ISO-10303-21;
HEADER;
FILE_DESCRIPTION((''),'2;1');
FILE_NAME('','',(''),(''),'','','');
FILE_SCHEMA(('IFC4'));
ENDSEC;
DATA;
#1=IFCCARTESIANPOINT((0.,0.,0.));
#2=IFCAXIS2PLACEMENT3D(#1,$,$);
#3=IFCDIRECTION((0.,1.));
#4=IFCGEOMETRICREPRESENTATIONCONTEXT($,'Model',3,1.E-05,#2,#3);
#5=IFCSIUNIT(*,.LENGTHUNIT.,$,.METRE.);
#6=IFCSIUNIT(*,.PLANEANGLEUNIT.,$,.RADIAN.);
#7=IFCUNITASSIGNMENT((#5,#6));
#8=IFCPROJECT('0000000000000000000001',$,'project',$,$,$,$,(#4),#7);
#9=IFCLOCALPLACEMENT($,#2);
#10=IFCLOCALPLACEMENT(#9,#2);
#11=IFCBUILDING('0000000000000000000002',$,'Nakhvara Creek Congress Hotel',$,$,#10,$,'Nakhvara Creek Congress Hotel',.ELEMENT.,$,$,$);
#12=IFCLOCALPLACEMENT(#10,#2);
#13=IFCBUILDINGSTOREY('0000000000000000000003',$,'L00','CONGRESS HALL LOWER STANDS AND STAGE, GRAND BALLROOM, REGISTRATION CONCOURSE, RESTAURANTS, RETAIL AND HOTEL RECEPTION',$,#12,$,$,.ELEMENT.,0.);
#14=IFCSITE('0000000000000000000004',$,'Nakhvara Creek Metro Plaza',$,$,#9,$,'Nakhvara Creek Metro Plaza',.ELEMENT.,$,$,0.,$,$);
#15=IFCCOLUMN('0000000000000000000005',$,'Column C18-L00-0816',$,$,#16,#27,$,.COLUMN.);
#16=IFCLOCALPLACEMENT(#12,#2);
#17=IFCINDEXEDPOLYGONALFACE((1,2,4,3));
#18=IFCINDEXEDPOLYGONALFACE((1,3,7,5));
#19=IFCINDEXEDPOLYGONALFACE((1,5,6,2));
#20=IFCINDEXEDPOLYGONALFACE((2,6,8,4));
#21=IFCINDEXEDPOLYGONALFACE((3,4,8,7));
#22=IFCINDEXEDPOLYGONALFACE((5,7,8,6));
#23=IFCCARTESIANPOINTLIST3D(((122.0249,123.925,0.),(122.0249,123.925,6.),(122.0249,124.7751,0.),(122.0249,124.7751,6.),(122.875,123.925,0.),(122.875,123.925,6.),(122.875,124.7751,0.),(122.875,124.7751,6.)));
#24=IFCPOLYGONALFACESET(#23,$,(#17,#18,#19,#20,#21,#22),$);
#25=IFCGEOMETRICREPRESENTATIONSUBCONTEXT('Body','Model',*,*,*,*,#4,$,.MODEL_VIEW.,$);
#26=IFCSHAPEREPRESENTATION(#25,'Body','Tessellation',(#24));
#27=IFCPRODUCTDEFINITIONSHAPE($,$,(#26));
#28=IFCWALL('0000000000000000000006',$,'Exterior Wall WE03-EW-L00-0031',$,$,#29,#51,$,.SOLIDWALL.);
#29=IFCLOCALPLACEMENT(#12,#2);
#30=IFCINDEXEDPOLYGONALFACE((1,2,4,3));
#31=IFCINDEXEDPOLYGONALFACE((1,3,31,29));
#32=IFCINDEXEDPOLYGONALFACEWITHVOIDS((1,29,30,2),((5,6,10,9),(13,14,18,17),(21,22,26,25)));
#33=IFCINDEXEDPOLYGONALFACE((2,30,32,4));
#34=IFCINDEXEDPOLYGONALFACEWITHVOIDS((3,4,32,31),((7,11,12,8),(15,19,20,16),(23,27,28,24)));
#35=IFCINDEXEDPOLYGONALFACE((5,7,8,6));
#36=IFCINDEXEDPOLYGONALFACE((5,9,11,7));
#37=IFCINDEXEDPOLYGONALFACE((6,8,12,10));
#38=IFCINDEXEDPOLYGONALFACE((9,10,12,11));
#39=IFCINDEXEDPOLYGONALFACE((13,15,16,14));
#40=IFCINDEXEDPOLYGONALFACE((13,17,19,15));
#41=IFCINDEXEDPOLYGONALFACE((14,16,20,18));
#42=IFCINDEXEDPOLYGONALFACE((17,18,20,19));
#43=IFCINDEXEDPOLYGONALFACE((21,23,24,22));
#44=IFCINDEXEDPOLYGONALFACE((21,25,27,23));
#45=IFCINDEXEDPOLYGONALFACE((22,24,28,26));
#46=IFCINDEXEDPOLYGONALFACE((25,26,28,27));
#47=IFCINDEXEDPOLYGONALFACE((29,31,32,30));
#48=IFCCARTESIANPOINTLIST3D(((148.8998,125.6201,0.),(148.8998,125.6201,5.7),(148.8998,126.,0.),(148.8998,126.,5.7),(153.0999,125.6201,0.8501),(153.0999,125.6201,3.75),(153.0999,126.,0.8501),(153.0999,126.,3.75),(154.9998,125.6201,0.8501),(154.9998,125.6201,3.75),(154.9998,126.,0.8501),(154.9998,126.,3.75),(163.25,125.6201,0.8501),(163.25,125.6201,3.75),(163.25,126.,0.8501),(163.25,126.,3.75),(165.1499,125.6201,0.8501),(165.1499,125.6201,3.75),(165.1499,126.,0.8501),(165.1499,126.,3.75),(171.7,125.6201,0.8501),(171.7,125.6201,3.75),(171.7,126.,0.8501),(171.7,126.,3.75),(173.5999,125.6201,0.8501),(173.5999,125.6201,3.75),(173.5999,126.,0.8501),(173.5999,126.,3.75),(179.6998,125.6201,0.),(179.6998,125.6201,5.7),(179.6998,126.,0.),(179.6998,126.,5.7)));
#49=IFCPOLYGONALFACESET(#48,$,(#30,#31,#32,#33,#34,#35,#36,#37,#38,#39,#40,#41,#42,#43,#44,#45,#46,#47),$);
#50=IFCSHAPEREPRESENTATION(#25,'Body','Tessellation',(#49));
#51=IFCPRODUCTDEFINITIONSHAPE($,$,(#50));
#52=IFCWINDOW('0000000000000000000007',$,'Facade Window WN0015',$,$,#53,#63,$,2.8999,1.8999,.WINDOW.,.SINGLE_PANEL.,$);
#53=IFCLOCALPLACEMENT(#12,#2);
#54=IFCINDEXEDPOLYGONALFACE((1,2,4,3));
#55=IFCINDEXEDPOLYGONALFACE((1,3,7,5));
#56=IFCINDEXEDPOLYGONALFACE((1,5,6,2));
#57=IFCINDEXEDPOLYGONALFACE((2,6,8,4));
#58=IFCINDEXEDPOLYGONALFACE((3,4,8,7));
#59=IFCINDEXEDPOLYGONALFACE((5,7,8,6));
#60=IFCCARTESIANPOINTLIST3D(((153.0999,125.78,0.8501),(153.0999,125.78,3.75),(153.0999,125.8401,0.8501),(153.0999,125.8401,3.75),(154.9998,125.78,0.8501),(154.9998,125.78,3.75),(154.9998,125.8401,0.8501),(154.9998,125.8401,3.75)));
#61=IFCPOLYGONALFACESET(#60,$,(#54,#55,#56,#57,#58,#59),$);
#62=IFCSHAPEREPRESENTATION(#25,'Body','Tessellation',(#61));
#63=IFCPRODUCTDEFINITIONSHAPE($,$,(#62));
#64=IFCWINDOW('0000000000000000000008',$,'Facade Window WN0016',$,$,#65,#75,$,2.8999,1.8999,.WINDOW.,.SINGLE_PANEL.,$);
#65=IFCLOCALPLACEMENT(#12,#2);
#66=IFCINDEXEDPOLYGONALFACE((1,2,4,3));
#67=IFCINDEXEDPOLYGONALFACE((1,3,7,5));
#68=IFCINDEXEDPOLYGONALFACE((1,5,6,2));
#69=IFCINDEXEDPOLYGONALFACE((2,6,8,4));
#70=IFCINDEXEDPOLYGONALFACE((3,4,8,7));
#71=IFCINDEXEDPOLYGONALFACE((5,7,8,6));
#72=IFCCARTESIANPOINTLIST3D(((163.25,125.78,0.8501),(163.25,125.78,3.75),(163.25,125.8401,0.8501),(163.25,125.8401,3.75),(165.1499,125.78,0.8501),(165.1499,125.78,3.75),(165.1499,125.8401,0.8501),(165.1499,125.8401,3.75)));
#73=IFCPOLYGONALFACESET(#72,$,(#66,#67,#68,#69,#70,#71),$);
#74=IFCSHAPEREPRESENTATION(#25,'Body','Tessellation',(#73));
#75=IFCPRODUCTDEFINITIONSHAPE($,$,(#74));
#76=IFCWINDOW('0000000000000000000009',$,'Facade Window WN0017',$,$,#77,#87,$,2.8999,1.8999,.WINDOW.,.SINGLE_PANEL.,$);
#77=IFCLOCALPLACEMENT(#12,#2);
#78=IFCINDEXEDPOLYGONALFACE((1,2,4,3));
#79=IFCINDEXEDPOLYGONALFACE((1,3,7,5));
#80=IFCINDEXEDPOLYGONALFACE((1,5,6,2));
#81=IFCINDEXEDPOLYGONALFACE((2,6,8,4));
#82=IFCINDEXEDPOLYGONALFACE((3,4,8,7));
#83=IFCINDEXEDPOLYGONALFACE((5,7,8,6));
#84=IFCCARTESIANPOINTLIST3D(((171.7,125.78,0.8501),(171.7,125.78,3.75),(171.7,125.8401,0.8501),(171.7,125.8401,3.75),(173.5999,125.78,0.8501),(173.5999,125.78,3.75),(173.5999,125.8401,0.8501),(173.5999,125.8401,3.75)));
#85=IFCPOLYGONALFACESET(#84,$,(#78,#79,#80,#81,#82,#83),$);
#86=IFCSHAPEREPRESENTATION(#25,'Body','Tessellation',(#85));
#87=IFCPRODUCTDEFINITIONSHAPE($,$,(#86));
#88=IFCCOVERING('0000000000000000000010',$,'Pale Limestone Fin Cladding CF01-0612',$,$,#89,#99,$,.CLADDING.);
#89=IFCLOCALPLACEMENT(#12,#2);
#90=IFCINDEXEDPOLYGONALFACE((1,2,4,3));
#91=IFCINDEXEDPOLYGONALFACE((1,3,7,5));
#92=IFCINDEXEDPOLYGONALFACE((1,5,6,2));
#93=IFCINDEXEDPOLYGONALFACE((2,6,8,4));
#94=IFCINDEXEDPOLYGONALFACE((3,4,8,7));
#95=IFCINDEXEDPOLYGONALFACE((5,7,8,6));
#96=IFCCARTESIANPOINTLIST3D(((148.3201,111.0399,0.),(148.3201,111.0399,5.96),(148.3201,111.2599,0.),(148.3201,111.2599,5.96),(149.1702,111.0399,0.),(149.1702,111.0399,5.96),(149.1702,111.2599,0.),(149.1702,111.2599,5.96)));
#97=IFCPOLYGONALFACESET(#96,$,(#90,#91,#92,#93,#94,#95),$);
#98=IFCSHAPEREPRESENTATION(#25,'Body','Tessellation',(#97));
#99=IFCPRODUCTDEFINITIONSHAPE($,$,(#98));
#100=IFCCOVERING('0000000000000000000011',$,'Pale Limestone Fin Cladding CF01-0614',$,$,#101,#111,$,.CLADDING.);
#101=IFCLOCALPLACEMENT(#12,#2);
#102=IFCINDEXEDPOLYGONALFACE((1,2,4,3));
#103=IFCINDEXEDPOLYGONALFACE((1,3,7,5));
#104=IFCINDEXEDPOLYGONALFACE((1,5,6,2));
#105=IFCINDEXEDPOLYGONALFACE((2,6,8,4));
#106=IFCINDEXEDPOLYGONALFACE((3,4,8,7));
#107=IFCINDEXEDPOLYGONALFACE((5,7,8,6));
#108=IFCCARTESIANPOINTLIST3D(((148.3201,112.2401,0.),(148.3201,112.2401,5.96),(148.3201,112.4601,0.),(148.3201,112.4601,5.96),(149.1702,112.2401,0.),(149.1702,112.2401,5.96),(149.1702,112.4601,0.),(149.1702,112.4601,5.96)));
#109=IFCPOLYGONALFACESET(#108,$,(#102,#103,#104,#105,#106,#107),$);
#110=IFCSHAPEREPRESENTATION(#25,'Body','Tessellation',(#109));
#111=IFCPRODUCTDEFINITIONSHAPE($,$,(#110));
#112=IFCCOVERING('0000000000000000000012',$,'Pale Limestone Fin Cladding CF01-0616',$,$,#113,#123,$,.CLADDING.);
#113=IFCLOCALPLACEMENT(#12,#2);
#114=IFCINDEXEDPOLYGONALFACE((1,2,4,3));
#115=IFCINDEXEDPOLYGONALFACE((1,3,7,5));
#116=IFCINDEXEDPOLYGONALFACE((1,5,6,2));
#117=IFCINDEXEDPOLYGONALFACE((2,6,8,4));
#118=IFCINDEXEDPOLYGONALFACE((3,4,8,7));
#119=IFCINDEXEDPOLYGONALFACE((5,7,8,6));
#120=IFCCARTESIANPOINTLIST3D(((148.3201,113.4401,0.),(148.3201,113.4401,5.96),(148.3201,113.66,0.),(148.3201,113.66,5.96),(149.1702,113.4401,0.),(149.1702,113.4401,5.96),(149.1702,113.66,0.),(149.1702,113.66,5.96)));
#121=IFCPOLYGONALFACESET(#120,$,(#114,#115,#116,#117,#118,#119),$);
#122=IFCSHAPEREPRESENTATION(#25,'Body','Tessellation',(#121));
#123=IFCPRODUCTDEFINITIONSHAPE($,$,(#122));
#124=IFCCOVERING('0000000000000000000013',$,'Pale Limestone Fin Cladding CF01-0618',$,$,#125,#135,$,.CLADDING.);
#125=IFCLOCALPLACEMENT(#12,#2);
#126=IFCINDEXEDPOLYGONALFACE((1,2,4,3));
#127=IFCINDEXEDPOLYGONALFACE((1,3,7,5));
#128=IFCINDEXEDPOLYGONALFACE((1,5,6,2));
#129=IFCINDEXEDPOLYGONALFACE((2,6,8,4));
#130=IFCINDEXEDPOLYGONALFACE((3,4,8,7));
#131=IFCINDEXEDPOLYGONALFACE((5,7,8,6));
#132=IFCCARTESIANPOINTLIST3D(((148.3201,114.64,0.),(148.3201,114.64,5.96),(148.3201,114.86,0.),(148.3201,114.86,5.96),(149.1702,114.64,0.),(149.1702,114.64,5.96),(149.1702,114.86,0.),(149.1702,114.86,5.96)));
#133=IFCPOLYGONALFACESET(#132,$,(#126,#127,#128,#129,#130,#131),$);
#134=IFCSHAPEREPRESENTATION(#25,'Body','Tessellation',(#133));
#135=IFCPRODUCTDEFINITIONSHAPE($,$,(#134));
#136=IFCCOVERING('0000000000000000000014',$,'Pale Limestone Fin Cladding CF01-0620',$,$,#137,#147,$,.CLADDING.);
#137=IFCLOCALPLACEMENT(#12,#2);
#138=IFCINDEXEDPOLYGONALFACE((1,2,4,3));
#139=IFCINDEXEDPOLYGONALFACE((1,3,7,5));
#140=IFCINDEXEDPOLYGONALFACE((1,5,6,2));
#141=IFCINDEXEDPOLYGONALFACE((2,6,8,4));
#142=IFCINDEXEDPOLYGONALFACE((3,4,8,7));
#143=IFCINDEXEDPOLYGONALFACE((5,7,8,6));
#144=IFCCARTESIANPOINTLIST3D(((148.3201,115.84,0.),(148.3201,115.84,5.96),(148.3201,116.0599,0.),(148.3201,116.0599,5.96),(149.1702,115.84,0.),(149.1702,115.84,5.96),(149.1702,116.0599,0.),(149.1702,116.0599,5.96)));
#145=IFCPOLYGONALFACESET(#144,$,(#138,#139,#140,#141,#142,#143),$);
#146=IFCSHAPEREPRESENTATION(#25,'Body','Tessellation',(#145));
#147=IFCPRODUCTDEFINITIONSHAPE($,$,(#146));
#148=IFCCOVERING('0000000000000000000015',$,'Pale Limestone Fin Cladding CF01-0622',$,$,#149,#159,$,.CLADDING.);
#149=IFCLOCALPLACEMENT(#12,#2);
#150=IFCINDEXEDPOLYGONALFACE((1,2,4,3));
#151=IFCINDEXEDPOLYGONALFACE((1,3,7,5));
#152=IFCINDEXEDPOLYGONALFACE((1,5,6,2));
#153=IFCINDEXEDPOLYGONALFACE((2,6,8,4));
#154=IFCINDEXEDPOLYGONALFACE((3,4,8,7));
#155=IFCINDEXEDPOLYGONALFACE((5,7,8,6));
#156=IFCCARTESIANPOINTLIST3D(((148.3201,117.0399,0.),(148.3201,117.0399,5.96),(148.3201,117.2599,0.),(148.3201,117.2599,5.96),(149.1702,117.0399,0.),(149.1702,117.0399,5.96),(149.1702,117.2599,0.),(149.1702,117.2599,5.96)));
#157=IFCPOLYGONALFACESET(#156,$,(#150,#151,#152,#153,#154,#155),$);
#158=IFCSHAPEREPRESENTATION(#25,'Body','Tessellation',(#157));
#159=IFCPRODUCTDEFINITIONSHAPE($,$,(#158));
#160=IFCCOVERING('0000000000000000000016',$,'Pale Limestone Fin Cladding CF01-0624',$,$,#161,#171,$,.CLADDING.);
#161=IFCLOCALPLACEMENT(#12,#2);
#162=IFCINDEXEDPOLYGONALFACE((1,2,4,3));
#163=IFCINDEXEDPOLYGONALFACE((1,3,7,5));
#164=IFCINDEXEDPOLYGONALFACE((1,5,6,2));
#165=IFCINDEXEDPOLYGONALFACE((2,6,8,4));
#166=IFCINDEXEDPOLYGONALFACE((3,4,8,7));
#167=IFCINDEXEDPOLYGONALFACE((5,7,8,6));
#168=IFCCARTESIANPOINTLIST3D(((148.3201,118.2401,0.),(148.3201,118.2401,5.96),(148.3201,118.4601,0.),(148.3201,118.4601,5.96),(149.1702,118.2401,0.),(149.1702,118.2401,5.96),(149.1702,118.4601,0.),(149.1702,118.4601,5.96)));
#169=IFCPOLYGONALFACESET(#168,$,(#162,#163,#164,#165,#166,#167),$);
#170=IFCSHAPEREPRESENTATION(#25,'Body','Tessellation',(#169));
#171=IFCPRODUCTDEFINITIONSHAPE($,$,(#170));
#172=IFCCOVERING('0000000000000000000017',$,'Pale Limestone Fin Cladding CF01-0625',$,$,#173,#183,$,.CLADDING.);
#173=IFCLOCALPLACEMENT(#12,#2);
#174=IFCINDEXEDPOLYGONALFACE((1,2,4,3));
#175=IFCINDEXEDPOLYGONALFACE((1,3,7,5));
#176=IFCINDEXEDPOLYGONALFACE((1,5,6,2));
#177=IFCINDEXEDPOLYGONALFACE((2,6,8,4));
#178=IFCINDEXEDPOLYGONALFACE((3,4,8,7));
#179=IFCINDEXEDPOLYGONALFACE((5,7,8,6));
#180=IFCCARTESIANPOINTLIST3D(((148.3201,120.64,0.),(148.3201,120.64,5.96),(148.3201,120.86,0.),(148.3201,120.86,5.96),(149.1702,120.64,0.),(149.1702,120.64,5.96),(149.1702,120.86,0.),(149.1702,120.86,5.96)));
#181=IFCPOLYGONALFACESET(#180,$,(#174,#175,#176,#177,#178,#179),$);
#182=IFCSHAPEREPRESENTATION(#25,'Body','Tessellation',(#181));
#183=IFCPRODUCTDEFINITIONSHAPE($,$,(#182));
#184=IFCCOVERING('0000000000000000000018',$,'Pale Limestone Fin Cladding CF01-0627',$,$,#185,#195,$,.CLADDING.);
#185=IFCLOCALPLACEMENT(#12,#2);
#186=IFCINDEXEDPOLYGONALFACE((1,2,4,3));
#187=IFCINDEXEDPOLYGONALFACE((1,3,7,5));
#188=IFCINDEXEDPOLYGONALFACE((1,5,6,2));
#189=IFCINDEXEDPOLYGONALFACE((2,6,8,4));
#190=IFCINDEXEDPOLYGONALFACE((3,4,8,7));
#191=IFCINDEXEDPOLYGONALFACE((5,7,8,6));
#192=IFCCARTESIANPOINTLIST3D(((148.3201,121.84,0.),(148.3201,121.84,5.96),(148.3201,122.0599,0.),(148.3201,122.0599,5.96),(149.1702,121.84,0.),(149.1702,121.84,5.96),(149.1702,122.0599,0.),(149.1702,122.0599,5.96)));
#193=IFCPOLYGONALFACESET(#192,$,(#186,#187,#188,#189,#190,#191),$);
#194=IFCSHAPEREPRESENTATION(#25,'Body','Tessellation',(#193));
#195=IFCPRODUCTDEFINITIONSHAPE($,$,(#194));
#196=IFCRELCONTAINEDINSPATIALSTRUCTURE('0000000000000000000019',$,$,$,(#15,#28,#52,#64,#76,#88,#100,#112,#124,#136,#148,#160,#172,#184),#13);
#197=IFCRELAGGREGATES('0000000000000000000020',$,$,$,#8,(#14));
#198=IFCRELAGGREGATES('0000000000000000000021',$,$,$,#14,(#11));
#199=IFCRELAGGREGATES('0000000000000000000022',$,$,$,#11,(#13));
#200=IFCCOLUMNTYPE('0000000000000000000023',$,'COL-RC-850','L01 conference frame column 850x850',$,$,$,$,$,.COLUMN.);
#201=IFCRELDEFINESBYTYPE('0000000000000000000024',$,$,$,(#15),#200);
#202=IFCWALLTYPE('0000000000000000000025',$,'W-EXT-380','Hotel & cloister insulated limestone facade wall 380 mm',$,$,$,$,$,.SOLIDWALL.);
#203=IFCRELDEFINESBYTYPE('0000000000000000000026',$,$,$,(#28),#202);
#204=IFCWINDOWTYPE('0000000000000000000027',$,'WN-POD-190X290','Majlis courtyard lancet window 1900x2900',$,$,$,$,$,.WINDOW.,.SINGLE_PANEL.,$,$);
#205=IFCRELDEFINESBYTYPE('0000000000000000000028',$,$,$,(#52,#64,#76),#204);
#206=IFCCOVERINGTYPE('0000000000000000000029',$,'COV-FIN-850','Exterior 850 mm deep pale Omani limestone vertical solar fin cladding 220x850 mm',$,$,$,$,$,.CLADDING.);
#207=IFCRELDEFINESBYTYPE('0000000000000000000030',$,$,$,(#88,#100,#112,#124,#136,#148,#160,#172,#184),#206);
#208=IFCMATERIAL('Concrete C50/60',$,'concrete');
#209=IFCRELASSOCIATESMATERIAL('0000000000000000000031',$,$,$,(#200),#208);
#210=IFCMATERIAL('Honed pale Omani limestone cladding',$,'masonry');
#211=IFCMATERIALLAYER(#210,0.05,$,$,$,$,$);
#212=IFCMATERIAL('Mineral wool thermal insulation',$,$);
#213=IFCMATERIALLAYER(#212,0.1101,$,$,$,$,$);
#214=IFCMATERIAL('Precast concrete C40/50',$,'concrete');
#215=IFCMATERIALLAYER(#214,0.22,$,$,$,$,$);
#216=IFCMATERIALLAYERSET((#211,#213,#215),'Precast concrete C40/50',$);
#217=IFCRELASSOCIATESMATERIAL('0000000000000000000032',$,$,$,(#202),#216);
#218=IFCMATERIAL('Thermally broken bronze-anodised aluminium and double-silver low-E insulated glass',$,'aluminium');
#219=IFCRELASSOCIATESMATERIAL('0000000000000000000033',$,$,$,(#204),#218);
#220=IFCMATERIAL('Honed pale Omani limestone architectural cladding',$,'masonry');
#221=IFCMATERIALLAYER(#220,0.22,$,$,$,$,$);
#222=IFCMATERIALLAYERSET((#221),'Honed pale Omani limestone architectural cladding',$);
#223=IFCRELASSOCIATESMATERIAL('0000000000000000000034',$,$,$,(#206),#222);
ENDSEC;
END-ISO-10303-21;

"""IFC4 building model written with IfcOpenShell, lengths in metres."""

from ifc_helpers import new_model, si_unit, direction, frame, frame_2d, origin, origin_2d, place, context, subcontext, project, spatial, rectangle, extrude, material, layer, layer_set, material_profile, profile_set, type_object, element, fill, save


model = new_model("IFC4")

# Units and contexts
model_context = context("Model", 3, precision=1e-05, world=origin(), true_north=direction((0.0, 1.0)))
body_context = subcontext(model_context, "Body", "Model", "MODEL_VIEW")
ifc_project = project(units=[si_unit("LENGTHUNIT", "METRE"), si_unit("PLANEANGLEUNIT", "RADIAN")], contexts=[model_context])

# Site, building, storey
site_placement = place(None, origin())
site = spatial("IfcSite", under=ifc_project, at=site_placement, Name="Nakhvara Creek Metro Plaza", LongName="Nakhvara Creek Metro Plaza", CompositionType="ELEMENT", RefElevation=0.0)
building_placement = place(site_placement, origin())
building = spatial("IfcBuilding", under=site, at=building_placement, Name="Nakhvara Creek Congress Hotel", LongName="Nakhvara Creek Congress Hotel", CompositionType="ELEMENT")
storey_placement = place(building_placement, origin())
storey = spatial("IfcBuildingStorey", under=building, at=storey_placement, Name="L00", Description="CONGRESS HALL LOWER STANDS AND STAGE, GRAND BALLROOM, REGISTRATION CONCOURSE, RESTAURANTS, RETAIL AND HOTEL RECEPTION", CompositionType="ELEMENT", Elevation=0.0)

# Column
ifc_material_1 = material(Name="Concrete C50/60", Category="concrete")
ifc_material_profile = material_profile(ifc_material_1, rectangle(XDim=0.8501, YDim=0.8501, at=origin_2d()), Name="RC-COL 850x850", Category="LoadBearing")
ifc_profile_set = profile_set([ifc_material_profile], Name="Concrete C50/60")
column_type = type_object("IfcColumnType", Name="COL-RC-850", Description="L01 conference frame column 850x850", PredefinedType="COLUMN", material=ifc_profile_set)
column_placement = place(storey_placement, frame((122.45, 124.3501, 0.0), z_axis=(0.0, 0.0, 1.0), x_axis=(1.0, 0.0, 0.0)))
element("IfcColumn", 1, at=column_placement, inside=storey, type_object=column_type, Name="Column C18-L00-0816", PredefinedType="COLUMN", context=body_context, shape_type="SweptSolid", body=[
    extrude(rectangle(XDim=0.8501, YDim=0.8501, at=origin_2d()), origin(), (0.0, 0.0, 1.0), 6.0),
])

# Wall, openings, windows
ifc_material_2 = material(Name="Honed pale Omani limestone cladding", Category="masonry")
ifc_layer_1 = layer(ifc_material_2, 0.05)
ifc_material_3 = material(Name="Mineral wool thermal insulation")
ifc_layer_2 = layer(ifc_material_3, 0.1101)
ifc_material_4 = material(Name="Precast concrete C40/50", Category="concrete")
ifc_layer_3 = layer(ifc_material_4, 0.22)
ifc_layer_set_1 = layer_set([ifc_layer_1, ifc_layer_2, ifc_layer_3], Name="Precast concrete C40/50")
wall_type = type_object("IfcWallType", Name="W-EXT-380", Description="Hotel & cloister insulated limestone facade wall 380 mm", PredefinedType="SOLIDWALL", material=ifc_layer_set_1)
wall_placement = place(storey_placement, frame((148.8999, 125.8101, 0.0), z_axis=(0.0, 0.0, 1.0), x_axis=(1.0, 0.0, 0.0)))
wall = element("IfcWall", 2, at=wall_placement, inside=storey, type_object=wall_type, Name="Exterior Wall WE03-EW-L00-0031", PredefinedType="SOLIDWALL", context=body_context, shape_type="SweptSolid", body=[
    extrude(rectangle(XDim=30.8, YDim=0.3799, at=frame_2d((15.3999, 0.0))), origin(), (0.0, 0.0, 1.0), 5.7),
])
opening_1_placement = place(wall_placement, frame((4.2, 0.0, 0.8501)))
opening_1 = element("IfcOpeningElement", 3, at=opening_1_placement, cuts=wall, PredefinedType="OPENING", context=body_context, shape_type="SweptSolid", body=[
    extrude(rectangle(XDim=1.8999, YDim=2.8999, at=frame_2d((0.95, 1.45))), frame((0.0, 0.2019, 0.0), z_axis=(0.0, -1.0, 0.0), x_axis=(1.0, 0.0, 0.0)), (0.0, 0.0, 1.0), 0.4038),
])
opening_2_placement = place(wall_placement, frame((14.3501, 0.0, 0.8501)))
opening_2 = element("IfcOpeningElement", 4, at=opening_2_placement, cuts=wall, PredefinedType="OPENING", context=body_context, shape_type="SweptSolid", body=[
    extrude(rectangle(XDim=1.8999, YDim=2.8999, at=frame_2d((0.95, 1.45))), frame((0.0, 0.2019, 0.0), z_axis=(0.0, -1.0, 0.0), x_axis=(1.0, 0.0, 0.0)), (0.0, 0.0, 1.0), 0.4038),
])
opening_3_placement = place(wall_placement, frame((22.8, 0.0, 0.8501)))
opening_3 = element("IfcOpeningElement", 5, at=opening_3_placement, cuts=wall, PredefinedType="OPENING", context=body_context, shape_type="SweptSolid", body=[
    extrude(rectangle(XDim=1.8999, YDim=2.8999, at=frame_2d((0.95, 1.45))), frame((0.0, 0.2019, 0.0), z_axis=(0.0, -1.0, 0.0), x_axis=(1.0, 0.0, 0.0)), (0.0, 0.0, 1.0), 0.4038),
])
ifc_material_5 = material(Name="Thermally broken bronze-anodised aluminium and double-silver low-E insulated glass", Category="aluminium")
window_type = type_object("IfcWindowType", Name="WN-POD-190X290", Description="Majlis courtyard lancet window 1900x2900", PartitioningType="SINGLE_PANEL", PredefinedType="WINDOW", material=ifc_material_5)
window_1_placement = place(opening_1_placement, origin())
window_1 = element("IfcWindow", 6, at=window_1_placement, inside=storey, type_object=window_type, Name="Facade Window WN0015", OverallHeight=2.8999, OverallWidth=1.8999, PartitioningType="SINGLE_PANEL", PredefinedType="WINDOW", context=body_context, shape_type="SweptSolid", body=[
    extrude(rectangle(XDim=1.8999, YDim=2.8999, at=frame_2d((0.95, 1.45))), frame((0.0, 0.03, 0.0), z_axis=(0.0, -1.0, 0.0), x_axis=(1.0, 0.0, 0.0)), (0.0, 0.0, 1.0), 0.0601),
])
fill(opening_1, window_1)
window_2_placement = place(opening_2_placement, origin())
window_2 = element("IfcWindow", 7, at=window_2_placement, inside=storey, type_object=window_type, Name="Facade Window WN0016", OverallHeight=2.8999, OverallWidth=1.8999, PartitioningType="SINGLE_PANEL", PredefinedType="WINDOW", context=body_context, shape_type="SweptSolid", body=[
    extrude(rectangle(XDim=1.8999, YDim=2.8999, at=frame_2d((0.95, 1.45))), frame((0.0, 0.03, 0.0), z_axis=(0.0, -1.0, 0.0), x_axis=(1.0, 0.0, 0.0)), (0.0, 0.0, 1.0), 0.0601),
])
fill(opening_2, window_2)
window_3_placement = place(opening_3_placement, origin())
window_3 = element("IfcWindow", 8, at=window_3_placement, inside=storey, type_object=window_type, Name="Facade Window WN0017", OverallHeight=2.8999, OverallWidth=1.8999, PartitioningType="SINGLE_PANEL", PredefinedType="WINDOW", context=body_context, shape_type="SweptSolid", body=[
    extrude(rectangle(XDim=1.8999, YDim=2.8999, at=frame_2d((0.95, 1.45))), frame((0.0, 0.03, 0.0), z_axis=(0.0, -1.0, 0.0), x_axis=(1.0, 0.0, 0.0)), (0.0, 0.0, 1.0), 0.0601),
])
fill(opening_3, window_3)

# Coverings
ifc_material_6 = material(Name="Honed pale Omani limestone architectural cladding", Category="masonry")
ifc_layer_4 = layer(ifc_material_6, 0.22)
ifc_layer_set_2 = layer_set([ifc_layer_4], Name="Honed pale Omani limestone architectural cladding")
covering_type = type_object("IfcCoveringType", Name="COV-FIN-850", Description="Exterior 850 mm deep pale Omani limestone vertical solar fin cladding 220x850 mm", PredefinedType="CLADDING", material=ifc_layer_set_2)
for number, where, z_axis, x_axis, name in (
    (9, (148.7451, 111.1499, 0.0), (0.0, 0.0, 1.0), (0.0, 1.0, 0.0), "Pale Limestone Fin Cladding CF01-0612"),
    (10, (148.7451, 112.3501, 0.0), (0.0, 0.0, 1.0), (0.0, 1.0, 0.0), "Pale Limestone Fin Cladding CF01-0614"),
    (11, (148.7451, 113.55, 0.0), (0.0, 0.0, 1.0), (0.0, 1.0, 0.0), "Pale Limestone Fin Cladding CF01-0616"),
    (12, (148.7451, 114.75, 0.0), (0.0, 0.0, 1.0), (0.0, 1.0, 0.0), "Pale Limestone Fin Cladding CF01-0618"),
    (13, (148.7451, 115.95, 0.0), (0.0, 0.0, 1.0), (0.0, 1.0, 0.0), "Pale Limestone Fin Cladding CF01-0620"),
    (14, (148.7451, 117.1499, 0.0), (0.0, 0.0, 1.0), (0.0, 1.0, 0.0), "Pale Limestone Fin Cladding CF01-0622"),
    (15, (148.7451, 118.3501, 0.0), (0.0, 0.0, 1.0), (0.0, 1.0, 0.0), "Pale Limestone Fin Cladding CF01-0624"),
    (16, (148.7451, 120.75, 0.0), (0.0, 0.0, 1.0), (0.0, 1.0, 0.0), "Pale Limestone Fin Cladding CF01-0625"),
    (17, (148.7451, 121.95, 0.0), (0.0, 0.0, 1.0), (0.0, 1.0, 0.0), "Pale Limestone Fin Cladding CF01-0627"),
):
    element("IfcCovering", number, at=place(storey_placement, frame(where, z_axis=z_axis, x_axis=x_axis)), inside=storey, type_object=covering_type, Name=name, PredefinedType="CLADDING", context=body_context, shape_type="SweptSolid", body=[
        extrude(rectangle(XDim=0.22, YDim=0.8501, at=origin_2d()), origin(), (0.0, 0.0, 1.0), 5.96),
    ])

save(model, "model.ifc")
